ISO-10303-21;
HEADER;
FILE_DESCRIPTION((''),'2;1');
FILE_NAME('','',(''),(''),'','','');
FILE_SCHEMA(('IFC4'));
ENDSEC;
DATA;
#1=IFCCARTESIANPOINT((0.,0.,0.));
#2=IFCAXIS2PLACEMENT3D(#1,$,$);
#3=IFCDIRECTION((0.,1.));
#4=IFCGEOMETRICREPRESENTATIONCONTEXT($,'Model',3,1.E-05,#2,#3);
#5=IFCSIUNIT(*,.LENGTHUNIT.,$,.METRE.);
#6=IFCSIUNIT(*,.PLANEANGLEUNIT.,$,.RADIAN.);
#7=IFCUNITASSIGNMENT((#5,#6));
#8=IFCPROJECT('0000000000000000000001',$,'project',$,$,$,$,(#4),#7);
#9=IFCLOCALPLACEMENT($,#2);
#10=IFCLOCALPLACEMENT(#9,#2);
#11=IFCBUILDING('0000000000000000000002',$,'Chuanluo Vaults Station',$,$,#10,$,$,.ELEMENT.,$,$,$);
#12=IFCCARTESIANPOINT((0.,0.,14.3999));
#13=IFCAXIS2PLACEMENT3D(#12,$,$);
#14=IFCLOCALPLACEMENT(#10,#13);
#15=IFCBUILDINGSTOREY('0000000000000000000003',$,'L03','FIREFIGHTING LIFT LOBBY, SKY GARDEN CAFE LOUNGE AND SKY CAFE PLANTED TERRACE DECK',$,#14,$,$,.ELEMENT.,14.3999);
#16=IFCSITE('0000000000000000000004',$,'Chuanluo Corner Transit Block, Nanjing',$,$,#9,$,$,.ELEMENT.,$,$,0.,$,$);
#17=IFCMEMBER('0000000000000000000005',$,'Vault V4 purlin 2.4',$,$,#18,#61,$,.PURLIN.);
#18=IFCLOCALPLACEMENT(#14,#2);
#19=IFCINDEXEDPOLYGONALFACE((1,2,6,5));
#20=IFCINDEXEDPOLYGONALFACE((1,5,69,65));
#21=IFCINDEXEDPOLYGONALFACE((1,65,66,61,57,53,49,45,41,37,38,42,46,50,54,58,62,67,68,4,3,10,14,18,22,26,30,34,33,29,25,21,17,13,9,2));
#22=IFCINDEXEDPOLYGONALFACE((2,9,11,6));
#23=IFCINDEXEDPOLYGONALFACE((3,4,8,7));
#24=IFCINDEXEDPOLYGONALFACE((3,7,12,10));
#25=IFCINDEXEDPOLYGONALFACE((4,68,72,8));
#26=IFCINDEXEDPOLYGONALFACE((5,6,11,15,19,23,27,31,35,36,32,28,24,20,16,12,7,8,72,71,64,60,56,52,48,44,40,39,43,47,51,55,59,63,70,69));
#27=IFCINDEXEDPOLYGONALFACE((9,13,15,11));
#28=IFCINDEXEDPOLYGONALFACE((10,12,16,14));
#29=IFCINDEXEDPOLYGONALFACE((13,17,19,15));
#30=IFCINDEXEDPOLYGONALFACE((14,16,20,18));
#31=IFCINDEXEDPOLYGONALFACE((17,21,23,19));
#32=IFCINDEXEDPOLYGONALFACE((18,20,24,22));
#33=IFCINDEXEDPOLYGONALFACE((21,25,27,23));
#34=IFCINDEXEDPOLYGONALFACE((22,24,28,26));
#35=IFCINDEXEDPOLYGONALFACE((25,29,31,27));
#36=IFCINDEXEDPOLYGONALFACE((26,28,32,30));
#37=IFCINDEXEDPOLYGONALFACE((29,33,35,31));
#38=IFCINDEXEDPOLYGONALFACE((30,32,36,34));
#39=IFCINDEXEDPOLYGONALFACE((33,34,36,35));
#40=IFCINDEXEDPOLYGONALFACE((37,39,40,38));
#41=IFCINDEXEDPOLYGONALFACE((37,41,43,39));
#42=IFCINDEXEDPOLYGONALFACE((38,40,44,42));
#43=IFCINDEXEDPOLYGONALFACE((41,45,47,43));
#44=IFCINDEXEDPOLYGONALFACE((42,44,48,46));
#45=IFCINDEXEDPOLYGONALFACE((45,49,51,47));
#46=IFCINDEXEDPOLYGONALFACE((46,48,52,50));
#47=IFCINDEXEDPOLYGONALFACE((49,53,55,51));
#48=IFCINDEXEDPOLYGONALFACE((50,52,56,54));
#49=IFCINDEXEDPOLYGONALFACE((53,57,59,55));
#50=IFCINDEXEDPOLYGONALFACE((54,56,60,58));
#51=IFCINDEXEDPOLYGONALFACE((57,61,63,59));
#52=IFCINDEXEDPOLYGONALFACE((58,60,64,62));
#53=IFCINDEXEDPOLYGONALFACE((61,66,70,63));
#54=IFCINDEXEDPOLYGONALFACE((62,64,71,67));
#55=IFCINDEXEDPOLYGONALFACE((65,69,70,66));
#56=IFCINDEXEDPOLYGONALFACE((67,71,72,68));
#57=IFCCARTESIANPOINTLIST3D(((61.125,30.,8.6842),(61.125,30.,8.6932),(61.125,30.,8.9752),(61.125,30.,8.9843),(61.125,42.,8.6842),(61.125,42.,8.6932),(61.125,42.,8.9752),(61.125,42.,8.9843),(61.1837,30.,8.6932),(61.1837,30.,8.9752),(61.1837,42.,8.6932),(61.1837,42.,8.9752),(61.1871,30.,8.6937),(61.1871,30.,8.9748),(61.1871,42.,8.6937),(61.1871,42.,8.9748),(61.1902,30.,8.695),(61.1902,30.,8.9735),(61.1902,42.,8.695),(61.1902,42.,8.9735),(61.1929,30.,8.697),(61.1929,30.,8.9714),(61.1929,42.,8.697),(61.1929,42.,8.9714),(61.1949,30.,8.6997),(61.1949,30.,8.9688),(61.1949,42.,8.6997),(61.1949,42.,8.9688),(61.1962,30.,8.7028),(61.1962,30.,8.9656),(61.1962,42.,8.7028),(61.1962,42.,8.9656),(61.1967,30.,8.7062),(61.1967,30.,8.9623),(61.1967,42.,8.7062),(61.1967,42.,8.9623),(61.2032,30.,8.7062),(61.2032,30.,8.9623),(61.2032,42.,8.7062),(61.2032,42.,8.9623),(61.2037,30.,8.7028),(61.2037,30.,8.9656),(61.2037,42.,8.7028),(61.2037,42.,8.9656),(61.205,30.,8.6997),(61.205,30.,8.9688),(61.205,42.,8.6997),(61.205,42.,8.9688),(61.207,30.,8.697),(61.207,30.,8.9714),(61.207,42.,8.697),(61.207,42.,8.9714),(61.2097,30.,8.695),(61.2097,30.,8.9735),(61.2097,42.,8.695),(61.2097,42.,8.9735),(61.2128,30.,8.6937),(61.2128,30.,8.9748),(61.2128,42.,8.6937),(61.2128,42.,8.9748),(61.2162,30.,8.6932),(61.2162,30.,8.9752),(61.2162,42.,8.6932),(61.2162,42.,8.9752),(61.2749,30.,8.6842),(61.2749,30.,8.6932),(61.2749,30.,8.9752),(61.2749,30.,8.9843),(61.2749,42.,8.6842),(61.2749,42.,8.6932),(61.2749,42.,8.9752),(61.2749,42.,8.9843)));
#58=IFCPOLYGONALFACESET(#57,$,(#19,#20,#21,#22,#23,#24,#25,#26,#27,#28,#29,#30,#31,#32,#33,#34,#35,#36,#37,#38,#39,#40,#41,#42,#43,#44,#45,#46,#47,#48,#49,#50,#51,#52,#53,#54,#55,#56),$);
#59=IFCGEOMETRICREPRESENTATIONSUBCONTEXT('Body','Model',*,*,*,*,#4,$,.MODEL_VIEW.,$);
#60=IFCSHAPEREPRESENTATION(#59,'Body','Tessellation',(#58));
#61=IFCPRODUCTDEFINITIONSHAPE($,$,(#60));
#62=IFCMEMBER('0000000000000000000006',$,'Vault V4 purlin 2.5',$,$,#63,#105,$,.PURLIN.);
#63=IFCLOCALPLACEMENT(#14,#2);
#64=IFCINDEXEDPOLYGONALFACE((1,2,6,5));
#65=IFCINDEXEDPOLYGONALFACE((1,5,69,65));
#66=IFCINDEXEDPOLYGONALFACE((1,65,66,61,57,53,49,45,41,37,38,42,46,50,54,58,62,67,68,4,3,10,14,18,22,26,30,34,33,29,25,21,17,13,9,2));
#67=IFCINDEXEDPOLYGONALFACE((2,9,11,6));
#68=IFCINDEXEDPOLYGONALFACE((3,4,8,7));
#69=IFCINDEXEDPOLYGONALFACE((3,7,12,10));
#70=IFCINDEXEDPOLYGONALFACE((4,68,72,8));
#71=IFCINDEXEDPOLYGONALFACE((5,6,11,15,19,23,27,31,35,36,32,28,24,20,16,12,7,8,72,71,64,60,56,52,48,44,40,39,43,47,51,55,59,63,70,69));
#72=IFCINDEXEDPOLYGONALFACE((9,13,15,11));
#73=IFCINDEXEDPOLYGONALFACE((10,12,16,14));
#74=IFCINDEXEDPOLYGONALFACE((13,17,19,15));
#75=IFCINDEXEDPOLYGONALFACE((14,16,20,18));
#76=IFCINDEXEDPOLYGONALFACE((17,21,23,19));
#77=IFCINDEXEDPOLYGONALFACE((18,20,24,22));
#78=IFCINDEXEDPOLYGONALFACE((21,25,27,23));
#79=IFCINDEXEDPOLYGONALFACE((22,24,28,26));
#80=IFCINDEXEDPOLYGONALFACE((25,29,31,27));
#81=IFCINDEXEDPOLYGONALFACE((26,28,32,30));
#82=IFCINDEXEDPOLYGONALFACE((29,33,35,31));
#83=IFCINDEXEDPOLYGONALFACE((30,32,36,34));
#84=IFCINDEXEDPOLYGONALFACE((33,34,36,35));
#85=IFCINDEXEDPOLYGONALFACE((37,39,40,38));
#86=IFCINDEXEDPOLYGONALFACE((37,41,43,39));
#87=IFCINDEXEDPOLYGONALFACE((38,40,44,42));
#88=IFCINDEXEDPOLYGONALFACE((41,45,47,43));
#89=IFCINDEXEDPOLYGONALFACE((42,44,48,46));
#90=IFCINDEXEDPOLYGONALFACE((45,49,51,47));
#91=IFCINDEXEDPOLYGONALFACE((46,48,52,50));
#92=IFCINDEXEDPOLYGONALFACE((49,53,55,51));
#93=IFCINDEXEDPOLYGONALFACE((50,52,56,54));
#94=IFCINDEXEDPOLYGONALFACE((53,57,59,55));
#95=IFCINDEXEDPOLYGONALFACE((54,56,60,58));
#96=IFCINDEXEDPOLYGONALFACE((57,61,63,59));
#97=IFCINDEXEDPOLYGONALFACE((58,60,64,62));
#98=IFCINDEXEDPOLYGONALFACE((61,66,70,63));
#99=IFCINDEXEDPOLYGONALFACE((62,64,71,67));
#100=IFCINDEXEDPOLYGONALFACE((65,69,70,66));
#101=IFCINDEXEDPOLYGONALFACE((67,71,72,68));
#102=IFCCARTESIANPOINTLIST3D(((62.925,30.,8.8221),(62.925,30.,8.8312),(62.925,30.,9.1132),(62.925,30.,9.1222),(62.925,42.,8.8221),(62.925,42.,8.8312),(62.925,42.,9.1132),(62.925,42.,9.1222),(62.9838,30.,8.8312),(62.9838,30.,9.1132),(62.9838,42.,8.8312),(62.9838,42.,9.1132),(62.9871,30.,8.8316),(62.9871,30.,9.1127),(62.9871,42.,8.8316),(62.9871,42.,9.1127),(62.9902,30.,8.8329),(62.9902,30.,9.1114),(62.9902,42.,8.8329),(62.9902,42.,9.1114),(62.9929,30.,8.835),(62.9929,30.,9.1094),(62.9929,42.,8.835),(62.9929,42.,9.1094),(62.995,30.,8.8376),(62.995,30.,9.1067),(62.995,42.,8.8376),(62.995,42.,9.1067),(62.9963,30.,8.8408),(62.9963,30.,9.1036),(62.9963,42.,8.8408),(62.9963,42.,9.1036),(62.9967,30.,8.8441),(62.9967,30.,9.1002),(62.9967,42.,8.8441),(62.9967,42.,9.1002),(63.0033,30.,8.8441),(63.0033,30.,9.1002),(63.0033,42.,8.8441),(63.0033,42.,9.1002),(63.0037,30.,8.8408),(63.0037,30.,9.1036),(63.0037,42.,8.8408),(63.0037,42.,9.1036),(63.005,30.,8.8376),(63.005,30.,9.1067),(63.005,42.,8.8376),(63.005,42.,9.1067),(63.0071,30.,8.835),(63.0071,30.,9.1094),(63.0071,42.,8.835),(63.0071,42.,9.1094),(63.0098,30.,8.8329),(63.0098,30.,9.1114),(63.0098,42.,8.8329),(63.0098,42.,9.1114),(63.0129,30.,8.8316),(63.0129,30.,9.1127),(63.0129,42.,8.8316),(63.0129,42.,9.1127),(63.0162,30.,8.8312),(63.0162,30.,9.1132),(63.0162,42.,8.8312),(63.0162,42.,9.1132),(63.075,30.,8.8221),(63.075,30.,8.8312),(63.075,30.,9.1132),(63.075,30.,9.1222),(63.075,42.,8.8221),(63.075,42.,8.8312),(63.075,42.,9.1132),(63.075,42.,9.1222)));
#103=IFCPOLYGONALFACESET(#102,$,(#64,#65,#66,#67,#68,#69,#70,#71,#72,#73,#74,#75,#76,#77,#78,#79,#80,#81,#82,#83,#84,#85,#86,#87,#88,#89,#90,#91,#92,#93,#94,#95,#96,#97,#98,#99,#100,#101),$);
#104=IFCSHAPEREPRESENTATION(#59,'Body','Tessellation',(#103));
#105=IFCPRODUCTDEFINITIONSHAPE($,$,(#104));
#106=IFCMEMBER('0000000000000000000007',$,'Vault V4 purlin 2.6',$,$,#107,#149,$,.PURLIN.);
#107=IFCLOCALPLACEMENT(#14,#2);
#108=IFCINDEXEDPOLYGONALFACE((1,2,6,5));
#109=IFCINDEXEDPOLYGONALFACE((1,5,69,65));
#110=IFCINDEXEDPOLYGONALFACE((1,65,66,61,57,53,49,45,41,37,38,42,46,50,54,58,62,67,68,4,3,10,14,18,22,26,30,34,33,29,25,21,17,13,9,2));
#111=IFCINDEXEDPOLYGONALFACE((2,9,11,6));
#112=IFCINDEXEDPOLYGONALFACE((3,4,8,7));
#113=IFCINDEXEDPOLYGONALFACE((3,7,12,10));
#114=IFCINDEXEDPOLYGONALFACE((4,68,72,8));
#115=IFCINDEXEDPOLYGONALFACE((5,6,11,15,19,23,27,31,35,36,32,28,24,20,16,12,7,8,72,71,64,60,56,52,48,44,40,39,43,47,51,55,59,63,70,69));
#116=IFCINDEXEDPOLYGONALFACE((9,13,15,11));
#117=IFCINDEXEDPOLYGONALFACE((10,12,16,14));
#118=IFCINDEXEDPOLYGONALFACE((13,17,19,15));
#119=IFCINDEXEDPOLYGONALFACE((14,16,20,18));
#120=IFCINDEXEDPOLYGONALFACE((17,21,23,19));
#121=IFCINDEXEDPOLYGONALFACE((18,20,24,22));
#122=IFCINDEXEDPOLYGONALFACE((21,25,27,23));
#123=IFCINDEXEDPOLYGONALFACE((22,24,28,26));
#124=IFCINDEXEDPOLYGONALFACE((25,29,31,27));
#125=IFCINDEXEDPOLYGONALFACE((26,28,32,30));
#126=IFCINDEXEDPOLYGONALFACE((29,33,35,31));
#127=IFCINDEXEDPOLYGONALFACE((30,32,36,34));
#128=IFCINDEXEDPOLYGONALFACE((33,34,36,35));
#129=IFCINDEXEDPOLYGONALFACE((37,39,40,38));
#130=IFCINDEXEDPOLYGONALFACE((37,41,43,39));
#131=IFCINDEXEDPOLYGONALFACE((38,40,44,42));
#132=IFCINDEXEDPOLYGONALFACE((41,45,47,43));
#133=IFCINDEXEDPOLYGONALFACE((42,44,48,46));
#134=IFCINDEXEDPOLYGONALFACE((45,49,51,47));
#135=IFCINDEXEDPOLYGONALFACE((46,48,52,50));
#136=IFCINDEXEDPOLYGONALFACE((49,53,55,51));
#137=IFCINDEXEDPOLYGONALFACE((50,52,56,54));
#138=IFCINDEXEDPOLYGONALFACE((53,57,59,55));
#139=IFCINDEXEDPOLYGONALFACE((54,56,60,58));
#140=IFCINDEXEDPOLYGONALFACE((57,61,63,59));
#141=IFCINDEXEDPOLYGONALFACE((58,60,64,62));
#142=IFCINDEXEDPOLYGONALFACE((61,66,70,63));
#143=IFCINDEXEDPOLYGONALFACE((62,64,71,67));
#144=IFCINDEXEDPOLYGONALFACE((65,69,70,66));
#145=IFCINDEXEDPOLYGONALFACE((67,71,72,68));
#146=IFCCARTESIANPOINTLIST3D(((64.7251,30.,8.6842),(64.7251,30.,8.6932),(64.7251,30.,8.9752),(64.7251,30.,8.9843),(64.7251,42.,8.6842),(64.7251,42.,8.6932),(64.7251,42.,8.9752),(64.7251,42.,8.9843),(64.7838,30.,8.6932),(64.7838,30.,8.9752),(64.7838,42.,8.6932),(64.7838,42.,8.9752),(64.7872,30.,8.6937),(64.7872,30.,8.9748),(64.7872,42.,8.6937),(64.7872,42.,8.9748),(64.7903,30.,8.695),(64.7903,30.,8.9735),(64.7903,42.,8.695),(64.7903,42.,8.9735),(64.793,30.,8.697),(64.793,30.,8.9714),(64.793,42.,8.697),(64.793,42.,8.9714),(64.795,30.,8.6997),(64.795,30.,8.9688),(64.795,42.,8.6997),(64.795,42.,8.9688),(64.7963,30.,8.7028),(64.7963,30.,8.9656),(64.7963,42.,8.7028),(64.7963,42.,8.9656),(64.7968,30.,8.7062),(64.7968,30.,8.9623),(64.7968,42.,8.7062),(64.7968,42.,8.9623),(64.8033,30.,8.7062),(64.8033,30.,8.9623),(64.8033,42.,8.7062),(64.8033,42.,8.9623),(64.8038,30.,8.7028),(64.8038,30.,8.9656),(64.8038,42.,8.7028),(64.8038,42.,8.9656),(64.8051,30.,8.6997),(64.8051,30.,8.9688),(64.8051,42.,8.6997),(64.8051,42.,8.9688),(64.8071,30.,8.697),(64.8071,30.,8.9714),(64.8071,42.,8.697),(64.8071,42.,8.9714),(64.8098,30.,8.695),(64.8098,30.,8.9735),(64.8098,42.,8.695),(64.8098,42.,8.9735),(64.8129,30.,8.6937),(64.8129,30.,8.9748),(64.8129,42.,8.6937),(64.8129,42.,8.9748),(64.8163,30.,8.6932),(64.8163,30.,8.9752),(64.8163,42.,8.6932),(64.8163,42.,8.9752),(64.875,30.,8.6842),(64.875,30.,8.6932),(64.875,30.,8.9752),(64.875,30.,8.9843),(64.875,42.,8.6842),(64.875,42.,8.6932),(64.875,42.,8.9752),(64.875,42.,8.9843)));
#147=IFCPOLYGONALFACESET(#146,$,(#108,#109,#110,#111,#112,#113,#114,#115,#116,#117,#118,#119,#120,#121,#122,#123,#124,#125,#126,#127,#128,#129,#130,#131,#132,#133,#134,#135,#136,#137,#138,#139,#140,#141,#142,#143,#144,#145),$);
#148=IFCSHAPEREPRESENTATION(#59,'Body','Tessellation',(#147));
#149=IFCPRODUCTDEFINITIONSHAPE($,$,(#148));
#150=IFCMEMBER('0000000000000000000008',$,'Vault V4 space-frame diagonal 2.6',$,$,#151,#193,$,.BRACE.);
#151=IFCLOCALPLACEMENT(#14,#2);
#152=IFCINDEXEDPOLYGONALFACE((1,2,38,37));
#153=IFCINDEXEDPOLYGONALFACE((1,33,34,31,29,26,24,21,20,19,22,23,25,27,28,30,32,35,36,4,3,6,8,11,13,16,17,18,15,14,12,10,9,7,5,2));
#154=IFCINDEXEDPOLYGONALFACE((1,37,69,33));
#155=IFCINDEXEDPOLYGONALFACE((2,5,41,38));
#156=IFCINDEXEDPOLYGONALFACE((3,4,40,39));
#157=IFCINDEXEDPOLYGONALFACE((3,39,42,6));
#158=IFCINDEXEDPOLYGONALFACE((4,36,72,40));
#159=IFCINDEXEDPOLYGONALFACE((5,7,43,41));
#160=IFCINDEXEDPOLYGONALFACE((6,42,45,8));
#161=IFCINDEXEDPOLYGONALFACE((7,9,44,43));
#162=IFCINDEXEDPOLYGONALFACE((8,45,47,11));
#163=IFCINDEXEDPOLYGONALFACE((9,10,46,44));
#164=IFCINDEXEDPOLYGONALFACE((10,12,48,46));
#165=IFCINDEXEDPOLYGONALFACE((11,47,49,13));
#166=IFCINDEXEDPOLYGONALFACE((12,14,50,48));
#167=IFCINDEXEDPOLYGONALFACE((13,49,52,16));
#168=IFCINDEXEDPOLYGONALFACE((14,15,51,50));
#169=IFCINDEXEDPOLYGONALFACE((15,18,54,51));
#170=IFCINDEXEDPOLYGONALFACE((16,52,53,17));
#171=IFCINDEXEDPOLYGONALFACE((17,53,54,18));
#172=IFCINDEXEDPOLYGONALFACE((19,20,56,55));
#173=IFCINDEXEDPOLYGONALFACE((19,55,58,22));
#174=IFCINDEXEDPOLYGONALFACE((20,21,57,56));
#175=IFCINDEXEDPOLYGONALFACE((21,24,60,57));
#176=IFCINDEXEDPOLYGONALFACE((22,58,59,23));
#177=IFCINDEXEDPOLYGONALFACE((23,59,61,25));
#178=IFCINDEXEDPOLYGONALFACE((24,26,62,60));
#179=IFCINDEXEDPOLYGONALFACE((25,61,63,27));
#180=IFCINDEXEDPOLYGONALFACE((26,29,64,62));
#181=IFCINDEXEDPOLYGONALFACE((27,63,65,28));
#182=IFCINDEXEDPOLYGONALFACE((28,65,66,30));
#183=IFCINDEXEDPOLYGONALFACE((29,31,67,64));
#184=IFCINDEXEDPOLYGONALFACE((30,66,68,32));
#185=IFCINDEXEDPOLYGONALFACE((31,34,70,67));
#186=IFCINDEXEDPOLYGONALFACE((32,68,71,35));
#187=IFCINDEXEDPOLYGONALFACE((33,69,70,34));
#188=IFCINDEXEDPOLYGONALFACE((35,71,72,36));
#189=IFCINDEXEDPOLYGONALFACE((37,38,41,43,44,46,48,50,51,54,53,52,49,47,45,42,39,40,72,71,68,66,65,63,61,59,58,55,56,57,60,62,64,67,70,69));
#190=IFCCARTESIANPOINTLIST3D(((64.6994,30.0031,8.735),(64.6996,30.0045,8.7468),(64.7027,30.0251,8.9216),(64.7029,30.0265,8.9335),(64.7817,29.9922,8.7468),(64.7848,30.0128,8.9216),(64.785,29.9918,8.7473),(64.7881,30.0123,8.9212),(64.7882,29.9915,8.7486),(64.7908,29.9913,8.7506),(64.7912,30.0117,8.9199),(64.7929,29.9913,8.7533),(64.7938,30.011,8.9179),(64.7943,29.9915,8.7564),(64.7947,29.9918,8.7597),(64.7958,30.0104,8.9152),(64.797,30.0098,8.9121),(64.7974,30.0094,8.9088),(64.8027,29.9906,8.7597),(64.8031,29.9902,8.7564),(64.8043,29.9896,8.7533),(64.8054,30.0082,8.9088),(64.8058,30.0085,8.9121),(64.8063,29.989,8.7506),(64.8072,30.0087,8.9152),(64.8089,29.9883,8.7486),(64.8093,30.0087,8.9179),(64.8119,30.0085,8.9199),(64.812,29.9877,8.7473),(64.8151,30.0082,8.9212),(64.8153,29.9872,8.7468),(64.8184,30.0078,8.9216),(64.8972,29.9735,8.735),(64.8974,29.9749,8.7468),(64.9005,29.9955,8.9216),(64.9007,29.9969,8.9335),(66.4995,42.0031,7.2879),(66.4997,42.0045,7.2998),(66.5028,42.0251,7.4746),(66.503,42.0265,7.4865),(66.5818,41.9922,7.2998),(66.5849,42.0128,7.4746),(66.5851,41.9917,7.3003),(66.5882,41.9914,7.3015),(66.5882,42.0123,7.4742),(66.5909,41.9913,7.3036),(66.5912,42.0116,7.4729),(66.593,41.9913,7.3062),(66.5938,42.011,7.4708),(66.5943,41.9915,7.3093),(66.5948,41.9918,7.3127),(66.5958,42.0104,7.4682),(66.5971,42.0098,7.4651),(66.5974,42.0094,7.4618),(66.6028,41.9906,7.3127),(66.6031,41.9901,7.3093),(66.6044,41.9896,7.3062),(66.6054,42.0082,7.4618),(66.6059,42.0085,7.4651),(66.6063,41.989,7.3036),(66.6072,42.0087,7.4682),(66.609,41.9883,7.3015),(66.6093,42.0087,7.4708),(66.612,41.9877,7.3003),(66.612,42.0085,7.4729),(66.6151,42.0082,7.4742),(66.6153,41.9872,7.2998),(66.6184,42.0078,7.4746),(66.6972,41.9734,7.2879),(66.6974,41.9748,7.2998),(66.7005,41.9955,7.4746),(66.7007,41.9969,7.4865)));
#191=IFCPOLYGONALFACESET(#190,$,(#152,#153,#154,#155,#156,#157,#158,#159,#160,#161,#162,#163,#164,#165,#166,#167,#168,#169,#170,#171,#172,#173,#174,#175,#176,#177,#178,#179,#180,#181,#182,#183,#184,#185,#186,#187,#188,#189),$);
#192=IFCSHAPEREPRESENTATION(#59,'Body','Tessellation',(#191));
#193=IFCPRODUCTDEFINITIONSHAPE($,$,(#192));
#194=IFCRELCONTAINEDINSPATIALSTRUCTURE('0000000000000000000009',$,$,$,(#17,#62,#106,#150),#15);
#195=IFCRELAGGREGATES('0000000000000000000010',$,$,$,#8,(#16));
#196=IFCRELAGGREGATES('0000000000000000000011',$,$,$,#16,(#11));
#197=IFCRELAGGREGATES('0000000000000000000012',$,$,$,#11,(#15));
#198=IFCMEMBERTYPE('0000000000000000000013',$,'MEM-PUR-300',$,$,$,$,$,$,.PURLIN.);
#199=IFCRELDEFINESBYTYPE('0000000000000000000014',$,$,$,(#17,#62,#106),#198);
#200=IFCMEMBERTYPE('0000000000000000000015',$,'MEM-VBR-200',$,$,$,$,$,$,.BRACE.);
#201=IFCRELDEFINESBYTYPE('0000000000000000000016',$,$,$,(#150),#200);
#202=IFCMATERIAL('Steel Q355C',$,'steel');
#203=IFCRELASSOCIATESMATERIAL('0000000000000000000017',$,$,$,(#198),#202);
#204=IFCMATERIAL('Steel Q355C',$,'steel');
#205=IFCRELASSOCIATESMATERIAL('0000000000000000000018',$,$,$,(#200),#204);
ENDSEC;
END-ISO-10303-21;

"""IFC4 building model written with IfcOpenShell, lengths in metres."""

from ifc_helpers import new_model, si_unit, direction, frame, origin, origin_2d, place, context, subcontext, project, spatial, i_section, extrude, material, material_profile, profile_set, type_object, element, save


model = new_model("IFC4")

# Units and contexts
model_context = context("Model", 3, precision=1e-05, world=origin(), true_north=direction((0.0, 1.0)))
body_context = subcontext(model_context, "Body", "Model", "MODEL_VIEW")
ifc_project = project(units=[si_unit("LENGTHUNIT", "METRE"), si_unit("PLANEANGLEUNIT", "RADIAN")], contexts=[model_context])

# Site, building, storey
site_placement = place(None, origin())
site = spatial("IfcSite", under=ifc_project, at=site_placement, Name="Chuanluo Corner Transit Block, Nanjing", CompositionType="ELEMENT", RefElevation=0.0)
building_placement = place(site_placement, origin())
building = spatial("IfcBuilding", under=site, at=building_placement, Name="Chuanluo Vaults Station", CompositionType="ELEMENT")
storey_placement = place(building_placement, frame((0.0, 0.0, 14.3999)))
storey = spatial("IfcBuildingStorey", under=building, at=storey_placement, Name="L03", Description="FIREFIGHTING LIFT LOBBY, SKY GARDEN CAFE LOUNGE AND SKY CAFE PLANTED TERRACE DECK", CompositionType="ELEMENT", Elevation=14.3999)

# Members
ifc_material_1 = material(Name="Steel Q355C", Category="steel")
ifc_material_profile_1 = material_profile(ifc_material_1, i_section(OverallWidth=0.1499, OverallDepth=0.3, WebThickness=0.0066, FlangeThickness=0.009, FilletRadius=0.0129, at=origin_2d()))
ifc_profile_set_1 = profile_set([ifc_material_profile_1], Name="Steel Q355C")
member_type_1 = type_object("IfcMemberType", Name="MEM-PUR-300", PredefinedType="PURLIN", material=ifc_profile_set_1)
for number, where, z_axis, x_axis, name in (
    (1, (61.2, 30.0, 8.8342), (0.0, 1.0, 0.0), (-1.0, 0.0, 0.0), "Vault V4 purlin 2.4"),
    (2, (63.0, 30.0, 8.9722), (0.0, 1.0, 0.0), (-1.0, 0.0, 0.0), "Vault V4 purlin 2.5"),
    (3, (64.8, 30.0, 8.8342), (0.0, 1.0, 0.0), (-1.0, 0.0, 0.0), "Vault V4 purlin 2.6"),
):
    element("IfcMember", number, at=place(storey_placement, frame(where, z_axis=z_axis, x_axis=x_axis)), inside=storey, type_object=member_type_1, Name=name, PredefinedType="PURLIN", context=body_context, shape_type="SweptSolid", body=[
        extrude(i_section(OverallWidth=0.1499, OverallDepth=0.3, WebThickness=0.0066, FlangeThickness=0.009, FilletRadius=0.0129, at=origin_2d()), origin(), (0.0, 0.0, 1.0), 12.0),
    ])
ifc_material_2 = material(Name="Steel Q355C", Category="steel")
ifc_material_profile_2 = material_profile(ifc_material_2, i_section(OverallWidth=0.2, OverallDepth=0.2, WebThickness=0.0081, FlangeThickness=0.012, FilletRadius=0.0129, at=origin_2d()))
ifc_profile_set_2 = profile_set([ifc_material_profile_2], Name="Steel Q355C")
member_type_2 = type_object("IfcMemberType", Name="MEM-VBR-200", PredefinedType="BRACE", material=ifc_profile_set_2)
member_1_placement = place(storey_placement, frame((64.8, 30.0, 8.8342), z_axis=(0.147301, 0.981978, -0.118412), x_axis=(-0.988936, 0.148344, 0.0)))
element("IfcMember", 4, at=member_1_placement, inside=storey, type_object=member_type_2, Name="Vault V4 space-frame diagonal 2.6", PredefinedType="BRACE", context=body_context, shape_type="SweptSolid", body=[
    extrude(i_section(OverallWidth=0.2, OverallDepth=0.2, WebThickness=0.0081, FlangeThickness=0.012, FilletRadius=0.0129, at=origin_2d()), origin(), (0.0, 0.0, 1.0), 12.2202),
])

save(model, "model.ifc")
